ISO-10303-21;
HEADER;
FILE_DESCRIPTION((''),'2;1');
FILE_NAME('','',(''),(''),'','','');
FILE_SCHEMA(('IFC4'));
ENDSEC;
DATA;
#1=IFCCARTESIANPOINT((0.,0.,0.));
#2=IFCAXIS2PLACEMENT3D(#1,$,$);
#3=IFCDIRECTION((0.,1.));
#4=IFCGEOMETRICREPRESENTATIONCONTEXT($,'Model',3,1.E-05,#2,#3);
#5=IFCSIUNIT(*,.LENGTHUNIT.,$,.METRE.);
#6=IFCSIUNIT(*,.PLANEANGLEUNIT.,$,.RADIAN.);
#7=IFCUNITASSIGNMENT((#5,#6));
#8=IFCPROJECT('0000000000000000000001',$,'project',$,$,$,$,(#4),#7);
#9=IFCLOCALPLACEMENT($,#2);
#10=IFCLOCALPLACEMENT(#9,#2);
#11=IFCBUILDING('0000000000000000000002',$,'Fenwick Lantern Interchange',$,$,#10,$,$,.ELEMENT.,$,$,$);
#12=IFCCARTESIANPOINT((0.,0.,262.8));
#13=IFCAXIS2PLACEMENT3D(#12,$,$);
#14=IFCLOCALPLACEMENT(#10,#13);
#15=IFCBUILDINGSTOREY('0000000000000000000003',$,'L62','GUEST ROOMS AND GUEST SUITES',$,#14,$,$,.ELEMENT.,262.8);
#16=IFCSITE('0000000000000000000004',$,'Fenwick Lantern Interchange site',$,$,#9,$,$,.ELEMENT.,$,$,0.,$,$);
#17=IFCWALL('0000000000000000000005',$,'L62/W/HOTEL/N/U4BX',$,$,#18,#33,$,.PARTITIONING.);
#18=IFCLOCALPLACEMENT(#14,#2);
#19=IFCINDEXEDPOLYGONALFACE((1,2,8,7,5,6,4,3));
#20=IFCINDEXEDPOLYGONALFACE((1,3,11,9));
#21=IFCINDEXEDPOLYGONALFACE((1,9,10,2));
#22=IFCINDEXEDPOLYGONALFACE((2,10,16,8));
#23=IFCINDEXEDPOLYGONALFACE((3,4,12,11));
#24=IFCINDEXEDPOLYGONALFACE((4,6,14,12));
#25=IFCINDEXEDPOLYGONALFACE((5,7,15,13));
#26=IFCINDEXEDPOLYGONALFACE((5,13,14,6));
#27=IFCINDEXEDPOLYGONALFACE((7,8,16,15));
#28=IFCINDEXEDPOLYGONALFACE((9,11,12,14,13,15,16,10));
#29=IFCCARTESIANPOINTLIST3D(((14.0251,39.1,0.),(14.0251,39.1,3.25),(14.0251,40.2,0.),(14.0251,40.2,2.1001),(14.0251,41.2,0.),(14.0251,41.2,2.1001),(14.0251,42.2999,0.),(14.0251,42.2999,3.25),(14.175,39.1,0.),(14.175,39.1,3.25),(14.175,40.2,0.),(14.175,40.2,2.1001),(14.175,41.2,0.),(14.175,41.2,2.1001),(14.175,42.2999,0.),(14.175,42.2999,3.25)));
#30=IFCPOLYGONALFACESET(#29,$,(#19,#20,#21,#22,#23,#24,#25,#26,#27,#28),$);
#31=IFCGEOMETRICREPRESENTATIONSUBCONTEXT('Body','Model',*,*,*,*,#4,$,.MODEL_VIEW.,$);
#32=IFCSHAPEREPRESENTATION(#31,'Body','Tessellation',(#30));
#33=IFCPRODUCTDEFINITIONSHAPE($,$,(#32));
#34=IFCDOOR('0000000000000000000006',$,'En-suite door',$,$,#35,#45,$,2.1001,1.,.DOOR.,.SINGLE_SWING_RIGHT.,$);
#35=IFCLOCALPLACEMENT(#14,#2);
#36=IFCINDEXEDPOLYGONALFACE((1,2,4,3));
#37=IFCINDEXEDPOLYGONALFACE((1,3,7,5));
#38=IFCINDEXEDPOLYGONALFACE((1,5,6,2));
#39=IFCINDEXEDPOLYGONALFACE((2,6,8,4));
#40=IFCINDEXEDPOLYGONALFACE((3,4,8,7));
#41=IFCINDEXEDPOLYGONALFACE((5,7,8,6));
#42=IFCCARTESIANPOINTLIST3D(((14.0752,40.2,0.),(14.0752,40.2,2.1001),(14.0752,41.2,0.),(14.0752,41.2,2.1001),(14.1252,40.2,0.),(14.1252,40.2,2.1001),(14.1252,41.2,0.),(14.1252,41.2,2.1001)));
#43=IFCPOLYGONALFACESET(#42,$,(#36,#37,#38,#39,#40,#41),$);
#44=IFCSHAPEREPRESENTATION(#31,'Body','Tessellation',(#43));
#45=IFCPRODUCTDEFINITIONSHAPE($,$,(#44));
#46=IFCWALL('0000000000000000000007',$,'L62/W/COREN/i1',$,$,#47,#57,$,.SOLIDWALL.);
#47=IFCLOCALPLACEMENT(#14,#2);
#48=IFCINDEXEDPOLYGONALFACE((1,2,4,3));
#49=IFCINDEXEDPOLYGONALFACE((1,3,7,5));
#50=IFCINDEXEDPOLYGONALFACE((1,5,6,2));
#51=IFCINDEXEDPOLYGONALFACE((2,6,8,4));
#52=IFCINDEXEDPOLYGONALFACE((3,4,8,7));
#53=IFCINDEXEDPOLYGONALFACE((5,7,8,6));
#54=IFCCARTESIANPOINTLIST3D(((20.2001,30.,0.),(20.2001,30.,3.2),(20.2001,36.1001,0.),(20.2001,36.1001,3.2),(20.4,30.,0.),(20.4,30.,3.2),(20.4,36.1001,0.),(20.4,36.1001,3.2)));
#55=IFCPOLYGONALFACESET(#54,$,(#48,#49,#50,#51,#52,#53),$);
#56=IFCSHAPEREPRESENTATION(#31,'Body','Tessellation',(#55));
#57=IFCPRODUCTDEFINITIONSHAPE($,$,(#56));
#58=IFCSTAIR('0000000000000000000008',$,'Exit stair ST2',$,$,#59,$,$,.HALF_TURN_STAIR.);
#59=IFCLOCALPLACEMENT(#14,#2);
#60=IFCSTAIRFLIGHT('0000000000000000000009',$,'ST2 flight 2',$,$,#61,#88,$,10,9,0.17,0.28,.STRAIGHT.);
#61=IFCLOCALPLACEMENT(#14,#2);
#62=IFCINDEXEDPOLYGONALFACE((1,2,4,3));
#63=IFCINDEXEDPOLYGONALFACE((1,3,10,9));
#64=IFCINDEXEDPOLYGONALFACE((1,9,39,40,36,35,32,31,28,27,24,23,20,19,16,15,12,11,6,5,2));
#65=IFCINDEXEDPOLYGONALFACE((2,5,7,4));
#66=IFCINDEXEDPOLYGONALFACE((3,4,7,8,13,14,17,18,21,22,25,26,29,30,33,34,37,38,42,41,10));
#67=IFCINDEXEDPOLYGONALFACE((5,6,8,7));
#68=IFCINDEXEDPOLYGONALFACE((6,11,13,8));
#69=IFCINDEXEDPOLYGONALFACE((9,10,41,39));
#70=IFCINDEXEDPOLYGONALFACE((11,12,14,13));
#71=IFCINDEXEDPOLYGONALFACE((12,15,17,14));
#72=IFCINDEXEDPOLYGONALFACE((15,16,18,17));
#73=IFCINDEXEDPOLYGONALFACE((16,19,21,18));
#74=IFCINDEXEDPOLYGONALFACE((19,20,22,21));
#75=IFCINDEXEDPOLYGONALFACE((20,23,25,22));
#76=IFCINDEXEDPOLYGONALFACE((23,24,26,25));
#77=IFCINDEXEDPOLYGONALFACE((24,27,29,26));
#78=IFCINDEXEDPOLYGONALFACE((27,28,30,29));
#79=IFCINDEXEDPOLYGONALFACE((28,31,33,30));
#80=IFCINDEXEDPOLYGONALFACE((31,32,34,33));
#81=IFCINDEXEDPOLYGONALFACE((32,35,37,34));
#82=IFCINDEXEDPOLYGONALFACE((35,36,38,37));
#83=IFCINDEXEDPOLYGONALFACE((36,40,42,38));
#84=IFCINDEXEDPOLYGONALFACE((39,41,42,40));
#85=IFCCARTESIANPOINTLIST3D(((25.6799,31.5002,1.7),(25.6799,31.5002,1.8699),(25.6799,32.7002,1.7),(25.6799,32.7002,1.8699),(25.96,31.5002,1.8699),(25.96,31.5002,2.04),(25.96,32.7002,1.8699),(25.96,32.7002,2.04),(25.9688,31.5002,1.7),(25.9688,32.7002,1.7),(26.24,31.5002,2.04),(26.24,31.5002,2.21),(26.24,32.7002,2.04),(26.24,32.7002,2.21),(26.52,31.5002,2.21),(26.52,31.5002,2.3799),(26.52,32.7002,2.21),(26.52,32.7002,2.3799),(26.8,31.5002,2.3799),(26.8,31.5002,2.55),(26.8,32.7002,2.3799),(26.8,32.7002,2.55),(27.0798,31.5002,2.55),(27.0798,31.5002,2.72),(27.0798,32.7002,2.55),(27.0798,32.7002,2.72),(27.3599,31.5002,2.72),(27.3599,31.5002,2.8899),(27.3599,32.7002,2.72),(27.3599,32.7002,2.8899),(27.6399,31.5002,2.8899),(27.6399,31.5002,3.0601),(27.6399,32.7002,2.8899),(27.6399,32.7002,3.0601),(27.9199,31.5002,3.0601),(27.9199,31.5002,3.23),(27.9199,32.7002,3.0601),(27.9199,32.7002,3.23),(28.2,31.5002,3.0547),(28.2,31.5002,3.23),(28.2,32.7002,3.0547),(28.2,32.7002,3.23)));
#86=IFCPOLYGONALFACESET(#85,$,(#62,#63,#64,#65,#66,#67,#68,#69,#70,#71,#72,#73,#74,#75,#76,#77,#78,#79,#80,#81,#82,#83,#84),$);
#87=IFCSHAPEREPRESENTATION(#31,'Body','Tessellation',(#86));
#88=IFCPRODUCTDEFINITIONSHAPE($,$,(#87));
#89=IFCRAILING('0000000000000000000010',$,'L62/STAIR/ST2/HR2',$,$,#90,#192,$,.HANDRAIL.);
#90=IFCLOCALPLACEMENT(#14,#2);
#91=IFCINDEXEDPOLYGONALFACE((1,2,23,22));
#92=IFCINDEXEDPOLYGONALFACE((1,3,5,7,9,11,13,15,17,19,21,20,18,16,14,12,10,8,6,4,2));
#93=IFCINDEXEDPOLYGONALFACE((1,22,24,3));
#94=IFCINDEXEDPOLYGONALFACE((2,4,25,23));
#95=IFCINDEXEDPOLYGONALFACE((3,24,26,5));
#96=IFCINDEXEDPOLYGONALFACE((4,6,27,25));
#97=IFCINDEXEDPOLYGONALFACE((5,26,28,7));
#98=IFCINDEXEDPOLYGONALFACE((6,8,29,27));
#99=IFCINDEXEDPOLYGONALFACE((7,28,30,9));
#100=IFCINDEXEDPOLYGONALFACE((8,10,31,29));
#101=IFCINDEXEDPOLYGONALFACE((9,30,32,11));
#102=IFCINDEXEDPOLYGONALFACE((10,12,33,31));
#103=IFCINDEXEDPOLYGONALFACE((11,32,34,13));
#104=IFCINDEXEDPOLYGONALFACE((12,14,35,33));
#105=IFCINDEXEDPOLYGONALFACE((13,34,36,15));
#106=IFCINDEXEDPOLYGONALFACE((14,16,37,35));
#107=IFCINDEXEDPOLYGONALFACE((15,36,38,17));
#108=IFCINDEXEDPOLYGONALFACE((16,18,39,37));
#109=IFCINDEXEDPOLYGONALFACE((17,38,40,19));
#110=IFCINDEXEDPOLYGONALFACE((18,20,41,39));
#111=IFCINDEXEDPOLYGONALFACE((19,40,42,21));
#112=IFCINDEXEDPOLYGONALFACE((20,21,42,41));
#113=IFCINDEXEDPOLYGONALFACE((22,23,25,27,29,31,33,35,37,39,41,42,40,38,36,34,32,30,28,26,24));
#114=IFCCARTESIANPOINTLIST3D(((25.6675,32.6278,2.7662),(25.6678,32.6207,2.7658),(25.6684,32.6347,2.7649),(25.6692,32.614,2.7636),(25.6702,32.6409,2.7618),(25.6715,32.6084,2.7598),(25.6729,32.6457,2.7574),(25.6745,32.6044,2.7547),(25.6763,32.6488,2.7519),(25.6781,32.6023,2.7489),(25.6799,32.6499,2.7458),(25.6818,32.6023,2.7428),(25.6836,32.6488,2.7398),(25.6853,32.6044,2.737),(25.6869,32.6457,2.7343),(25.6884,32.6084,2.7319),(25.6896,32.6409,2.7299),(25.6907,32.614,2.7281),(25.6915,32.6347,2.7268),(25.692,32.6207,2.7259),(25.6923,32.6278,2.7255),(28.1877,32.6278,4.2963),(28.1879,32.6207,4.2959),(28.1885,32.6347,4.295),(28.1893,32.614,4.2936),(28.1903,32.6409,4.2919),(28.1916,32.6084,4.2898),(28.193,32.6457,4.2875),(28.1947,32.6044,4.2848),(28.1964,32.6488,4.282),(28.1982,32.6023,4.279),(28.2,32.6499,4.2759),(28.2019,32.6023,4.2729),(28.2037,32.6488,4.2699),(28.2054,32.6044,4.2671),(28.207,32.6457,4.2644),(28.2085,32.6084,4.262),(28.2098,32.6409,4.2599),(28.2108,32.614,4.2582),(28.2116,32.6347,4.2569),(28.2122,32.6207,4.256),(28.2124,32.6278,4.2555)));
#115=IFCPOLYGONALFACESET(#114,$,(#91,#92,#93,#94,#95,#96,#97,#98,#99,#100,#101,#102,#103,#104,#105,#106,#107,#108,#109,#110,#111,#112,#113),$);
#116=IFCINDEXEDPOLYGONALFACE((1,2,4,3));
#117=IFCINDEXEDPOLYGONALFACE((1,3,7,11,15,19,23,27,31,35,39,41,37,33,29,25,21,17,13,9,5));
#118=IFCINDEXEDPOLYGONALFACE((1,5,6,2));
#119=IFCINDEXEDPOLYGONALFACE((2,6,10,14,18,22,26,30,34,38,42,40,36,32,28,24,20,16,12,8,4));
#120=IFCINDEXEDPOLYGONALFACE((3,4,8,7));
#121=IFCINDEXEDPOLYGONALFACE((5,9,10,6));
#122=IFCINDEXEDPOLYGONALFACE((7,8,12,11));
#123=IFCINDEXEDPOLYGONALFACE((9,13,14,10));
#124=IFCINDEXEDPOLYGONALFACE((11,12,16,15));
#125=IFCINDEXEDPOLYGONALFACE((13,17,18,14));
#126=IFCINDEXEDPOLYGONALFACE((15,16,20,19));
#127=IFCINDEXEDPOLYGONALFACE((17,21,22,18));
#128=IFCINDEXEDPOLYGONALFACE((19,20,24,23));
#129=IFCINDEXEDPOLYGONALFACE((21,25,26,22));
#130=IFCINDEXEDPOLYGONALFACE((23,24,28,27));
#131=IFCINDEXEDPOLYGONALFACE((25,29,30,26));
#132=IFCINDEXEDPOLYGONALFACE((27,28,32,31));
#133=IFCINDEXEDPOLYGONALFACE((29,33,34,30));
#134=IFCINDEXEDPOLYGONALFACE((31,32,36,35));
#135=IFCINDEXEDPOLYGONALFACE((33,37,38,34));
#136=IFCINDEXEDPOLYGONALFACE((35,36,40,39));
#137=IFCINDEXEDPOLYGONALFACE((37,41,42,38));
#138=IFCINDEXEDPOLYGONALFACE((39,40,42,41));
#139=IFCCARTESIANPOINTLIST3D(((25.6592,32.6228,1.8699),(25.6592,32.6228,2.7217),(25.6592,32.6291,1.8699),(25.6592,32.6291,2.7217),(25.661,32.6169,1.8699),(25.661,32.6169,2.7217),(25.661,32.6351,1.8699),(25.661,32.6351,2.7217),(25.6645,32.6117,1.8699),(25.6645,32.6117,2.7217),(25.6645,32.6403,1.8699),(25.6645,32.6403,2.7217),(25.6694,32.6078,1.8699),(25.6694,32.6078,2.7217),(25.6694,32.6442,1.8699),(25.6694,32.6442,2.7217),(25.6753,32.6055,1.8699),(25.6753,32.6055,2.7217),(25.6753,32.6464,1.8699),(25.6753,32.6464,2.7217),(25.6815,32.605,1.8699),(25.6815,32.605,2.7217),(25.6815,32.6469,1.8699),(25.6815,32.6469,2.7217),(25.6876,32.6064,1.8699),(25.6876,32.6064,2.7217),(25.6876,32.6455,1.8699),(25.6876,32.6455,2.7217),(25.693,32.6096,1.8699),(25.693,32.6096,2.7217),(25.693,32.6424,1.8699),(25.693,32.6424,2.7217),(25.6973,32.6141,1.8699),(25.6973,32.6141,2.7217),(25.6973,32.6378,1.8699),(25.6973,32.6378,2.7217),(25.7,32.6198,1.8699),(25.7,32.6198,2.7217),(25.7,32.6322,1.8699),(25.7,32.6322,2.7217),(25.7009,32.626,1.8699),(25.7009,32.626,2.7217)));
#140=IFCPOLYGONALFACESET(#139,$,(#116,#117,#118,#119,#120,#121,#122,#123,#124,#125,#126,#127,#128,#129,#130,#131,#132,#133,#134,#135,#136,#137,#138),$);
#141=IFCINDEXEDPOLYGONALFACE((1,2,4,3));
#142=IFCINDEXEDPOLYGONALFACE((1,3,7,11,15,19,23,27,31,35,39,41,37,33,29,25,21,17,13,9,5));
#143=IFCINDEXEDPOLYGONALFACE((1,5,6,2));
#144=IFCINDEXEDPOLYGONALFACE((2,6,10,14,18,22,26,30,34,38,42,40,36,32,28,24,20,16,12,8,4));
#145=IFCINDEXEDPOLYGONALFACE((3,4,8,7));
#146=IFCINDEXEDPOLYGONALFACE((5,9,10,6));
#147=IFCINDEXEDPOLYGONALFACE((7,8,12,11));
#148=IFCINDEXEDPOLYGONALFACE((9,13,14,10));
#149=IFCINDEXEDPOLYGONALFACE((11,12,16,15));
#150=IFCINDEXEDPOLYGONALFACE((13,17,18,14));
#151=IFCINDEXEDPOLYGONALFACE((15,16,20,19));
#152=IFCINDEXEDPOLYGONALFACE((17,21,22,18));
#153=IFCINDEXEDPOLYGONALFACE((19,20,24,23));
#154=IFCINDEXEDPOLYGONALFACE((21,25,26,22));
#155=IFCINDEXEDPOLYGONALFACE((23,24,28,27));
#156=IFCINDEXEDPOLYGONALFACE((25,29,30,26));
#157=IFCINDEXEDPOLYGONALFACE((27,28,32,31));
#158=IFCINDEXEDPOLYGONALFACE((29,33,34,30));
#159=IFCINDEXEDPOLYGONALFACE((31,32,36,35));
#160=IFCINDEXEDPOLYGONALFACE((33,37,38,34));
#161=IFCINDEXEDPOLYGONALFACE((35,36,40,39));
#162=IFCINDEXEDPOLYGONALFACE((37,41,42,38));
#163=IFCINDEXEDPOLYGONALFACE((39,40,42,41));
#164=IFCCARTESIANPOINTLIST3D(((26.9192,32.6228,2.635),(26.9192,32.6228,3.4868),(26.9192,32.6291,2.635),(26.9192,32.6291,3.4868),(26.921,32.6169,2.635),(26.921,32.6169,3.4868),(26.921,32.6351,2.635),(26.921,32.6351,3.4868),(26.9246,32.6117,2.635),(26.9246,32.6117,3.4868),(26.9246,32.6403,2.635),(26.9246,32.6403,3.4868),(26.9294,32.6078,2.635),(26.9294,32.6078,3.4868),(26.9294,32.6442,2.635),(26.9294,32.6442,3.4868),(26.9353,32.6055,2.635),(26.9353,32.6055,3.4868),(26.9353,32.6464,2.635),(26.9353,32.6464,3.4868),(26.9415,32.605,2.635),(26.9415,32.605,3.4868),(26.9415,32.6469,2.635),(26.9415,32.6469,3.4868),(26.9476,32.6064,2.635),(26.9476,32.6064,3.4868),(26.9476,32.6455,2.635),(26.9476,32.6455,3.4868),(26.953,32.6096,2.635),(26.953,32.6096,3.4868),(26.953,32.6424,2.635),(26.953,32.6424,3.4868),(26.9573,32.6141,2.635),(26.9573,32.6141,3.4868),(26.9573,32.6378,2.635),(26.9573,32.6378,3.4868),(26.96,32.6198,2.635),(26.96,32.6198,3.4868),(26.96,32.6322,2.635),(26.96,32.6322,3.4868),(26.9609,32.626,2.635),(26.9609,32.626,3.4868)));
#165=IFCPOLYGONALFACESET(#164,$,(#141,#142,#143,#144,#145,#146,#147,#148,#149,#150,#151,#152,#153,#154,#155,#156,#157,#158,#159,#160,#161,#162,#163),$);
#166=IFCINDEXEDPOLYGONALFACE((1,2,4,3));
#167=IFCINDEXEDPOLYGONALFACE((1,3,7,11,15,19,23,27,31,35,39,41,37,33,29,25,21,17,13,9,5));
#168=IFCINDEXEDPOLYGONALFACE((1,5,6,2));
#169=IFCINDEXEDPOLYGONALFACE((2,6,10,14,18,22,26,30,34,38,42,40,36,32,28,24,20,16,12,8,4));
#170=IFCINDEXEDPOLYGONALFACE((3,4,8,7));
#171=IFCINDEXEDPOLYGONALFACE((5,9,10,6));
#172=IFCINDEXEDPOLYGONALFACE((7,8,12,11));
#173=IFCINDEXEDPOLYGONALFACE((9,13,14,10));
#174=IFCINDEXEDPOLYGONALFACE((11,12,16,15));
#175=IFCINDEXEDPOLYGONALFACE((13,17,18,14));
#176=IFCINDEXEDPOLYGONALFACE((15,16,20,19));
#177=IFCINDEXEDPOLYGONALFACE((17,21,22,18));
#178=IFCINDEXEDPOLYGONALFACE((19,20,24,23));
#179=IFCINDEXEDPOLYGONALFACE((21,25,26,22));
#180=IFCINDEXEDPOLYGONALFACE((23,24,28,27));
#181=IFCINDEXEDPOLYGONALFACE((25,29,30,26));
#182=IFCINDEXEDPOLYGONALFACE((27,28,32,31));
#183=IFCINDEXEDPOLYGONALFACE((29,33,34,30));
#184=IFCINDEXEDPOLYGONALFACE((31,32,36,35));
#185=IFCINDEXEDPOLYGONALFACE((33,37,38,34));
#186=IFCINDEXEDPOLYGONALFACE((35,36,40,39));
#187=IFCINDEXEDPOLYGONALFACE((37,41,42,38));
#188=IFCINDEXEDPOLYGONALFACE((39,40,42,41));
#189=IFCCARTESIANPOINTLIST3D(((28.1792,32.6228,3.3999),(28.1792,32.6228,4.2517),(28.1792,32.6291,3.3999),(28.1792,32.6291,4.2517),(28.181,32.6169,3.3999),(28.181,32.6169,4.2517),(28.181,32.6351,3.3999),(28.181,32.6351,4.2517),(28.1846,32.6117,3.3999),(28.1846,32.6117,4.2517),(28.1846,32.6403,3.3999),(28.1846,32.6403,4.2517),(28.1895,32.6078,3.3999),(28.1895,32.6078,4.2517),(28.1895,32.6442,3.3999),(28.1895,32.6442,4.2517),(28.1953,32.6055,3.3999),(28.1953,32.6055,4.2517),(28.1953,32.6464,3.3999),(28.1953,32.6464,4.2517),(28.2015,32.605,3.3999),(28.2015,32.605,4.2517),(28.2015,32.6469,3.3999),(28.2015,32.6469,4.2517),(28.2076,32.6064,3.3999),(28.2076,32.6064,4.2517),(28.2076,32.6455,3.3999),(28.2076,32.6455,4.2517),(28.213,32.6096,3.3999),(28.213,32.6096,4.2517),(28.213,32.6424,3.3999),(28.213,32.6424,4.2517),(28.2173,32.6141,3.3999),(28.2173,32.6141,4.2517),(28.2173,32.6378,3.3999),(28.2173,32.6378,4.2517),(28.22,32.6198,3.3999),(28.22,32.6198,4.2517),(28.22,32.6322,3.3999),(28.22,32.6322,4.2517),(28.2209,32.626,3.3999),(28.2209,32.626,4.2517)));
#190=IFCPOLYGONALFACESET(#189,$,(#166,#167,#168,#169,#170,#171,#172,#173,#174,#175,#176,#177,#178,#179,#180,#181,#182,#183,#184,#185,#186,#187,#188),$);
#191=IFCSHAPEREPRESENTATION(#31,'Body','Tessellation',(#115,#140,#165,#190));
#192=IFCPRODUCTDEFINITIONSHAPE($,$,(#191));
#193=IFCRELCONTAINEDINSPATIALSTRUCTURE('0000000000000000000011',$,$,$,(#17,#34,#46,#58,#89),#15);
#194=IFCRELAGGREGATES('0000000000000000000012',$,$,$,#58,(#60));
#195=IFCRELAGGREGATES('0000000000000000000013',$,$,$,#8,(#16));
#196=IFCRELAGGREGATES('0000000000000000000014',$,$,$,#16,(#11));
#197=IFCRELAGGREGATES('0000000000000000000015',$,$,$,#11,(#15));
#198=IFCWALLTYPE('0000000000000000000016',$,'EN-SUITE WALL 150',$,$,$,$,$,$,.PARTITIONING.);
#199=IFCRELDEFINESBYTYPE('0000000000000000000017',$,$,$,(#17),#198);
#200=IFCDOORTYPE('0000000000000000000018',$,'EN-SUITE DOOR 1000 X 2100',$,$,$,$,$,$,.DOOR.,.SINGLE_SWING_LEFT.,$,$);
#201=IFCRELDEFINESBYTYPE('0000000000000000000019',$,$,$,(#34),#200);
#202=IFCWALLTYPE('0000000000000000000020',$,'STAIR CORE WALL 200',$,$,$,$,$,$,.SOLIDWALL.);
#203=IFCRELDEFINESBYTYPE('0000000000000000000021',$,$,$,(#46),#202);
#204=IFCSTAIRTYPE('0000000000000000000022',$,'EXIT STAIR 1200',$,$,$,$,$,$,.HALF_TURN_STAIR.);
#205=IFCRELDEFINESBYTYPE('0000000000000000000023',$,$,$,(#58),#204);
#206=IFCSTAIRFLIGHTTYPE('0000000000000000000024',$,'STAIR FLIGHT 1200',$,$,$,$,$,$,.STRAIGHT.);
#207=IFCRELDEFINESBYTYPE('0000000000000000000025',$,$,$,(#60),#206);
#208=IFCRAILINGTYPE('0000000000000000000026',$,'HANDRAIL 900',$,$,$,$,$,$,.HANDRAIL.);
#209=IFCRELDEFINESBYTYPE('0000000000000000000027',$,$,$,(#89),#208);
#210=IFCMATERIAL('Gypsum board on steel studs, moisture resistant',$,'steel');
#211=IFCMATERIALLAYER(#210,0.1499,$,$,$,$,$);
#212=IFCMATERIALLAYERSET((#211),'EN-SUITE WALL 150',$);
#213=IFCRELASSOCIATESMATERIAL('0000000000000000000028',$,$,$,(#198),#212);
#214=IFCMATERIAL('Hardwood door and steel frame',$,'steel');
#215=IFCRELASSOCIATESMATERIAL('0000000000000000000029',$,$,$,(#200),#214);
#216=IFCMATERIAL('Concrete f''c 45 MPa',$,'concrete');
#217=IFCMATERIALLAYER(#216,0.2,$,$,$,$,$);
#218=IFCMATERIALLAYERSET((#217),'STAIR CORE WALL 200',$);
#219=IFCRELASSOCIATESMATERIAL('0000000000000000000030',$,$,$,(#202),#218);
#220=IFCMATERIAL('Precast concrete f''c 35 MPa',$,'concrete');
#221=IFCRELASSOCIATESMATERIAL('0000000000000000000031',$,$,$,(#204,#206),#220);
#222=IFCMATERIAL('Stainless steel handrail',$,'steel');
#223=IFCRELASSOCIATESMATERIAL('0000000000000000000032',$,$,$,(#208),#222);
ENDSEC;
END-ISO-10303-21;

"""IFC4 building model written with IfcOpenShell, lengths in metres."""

from ifc_helpers import new_model, si_unit, direction, frame, frame_2d, origin, origin_2d, place, context, subcontext, project, spatial, polyline, rectangle, circle, outline, extrude, material, layer, layer_set, type_object, element, fill, aggregate, save


model = new_model("IFC4")

# Units and contexts
model_context = context("Model", 3, precision=1e-05, world=origin(), true_north=direction((0.0, 1.0)))
body_context = subcontext(model_context, "Body", "Model", "MODEL_VIEW")
ifc_project = project(units=[si_unit("LENGTHUNIT", "METRE"), si_unit("PLANEANGLEUNIT", "RADIAN")], contexts=[model_context])

# Site, building, storey
site_placement = place(None, origin())
site = spatial("IfcSite", under=ifc_project, at=site_placement, Name="Fenwick Lantern Interchange site", CompositionType="ELEMENT", RefElevation=0.0)
building_placement = place(site_placement, origin())
building = spatial("IfcBuilding", under=site, at=building_placement, Name="Fenwick Lantern Interchange", CompositionType="ELEMENT")
storey_placement = place(building_placement, frame((0.0, 0.0, 262.8)))
storey = spatial("IfcBuildingStorey", under=building, at=storey_placement, Name="L62", Description="GUEST ROOMS AND GUEST SUITES", CompositionType="ELEMENT", Elevation=262.8)

# Shared definitions
ifc_material_1 = material(Name="Hardwood door and steel frame", Category="steel")

# Shared definitions
ifc_material_2 = material(Name="Gypsum board on steel studs, moisture resistant", Category="steel")
ifc_layer_1 = layer(ifc_material_2, 0.1499)
ifc_layer_set_1 = layer_set([ifc_layer_1], Name="EN-SUITE WALL 150")
wall_type_1 = type_object("IfcWallType", Name="EN-SUITE WALL 150", PredefinedType="PARTITIONING", material=ifc_layer_set_1)

# Wall, opening, door
wall_1_placement = place(storey_placement, frame((14.1001, 42.3, 0.0), z_axis=(0.0, 0.0, 1.0), x_axis=(0.0, -1.0, 0.0)))
wall_1 = element("IfcWall", 1, at=wall_1_placement, inside=storey, type_object=wall_type_1, Name="L62/W/HOTEL/N/U4BX", PredefinedType="PARTITIONING", context=body_context, shape_type="SweptSolid", body=[
    extrude(rectangle(XDim=3.2, YDim=0.1499, at=frame_2d((1.6001, 0.0))), origin(), (0.0, 0.0, 1.0), 3.25),
])
opening_1_placement = place(wall_1_placement, frame((1.1001, 0.0, 0.0)))
opening_1 = element("IfcOpeningElement", 2, at=opening_1_placement, cuts=wall_1, PredefinedType="OPENING", context=body_context, shape_type="SweptSolid", body=[
    extrude(rectangle(XDim=1.0, YDim=2.1001, at=frame_2d((0.5, 1.05))), frame((0.0, 0.085, 0.0), z_axis=(0.0, -1.0, 0.0), x_axis=(1.0, 0.0, 0.0)), (0.0, 0.0, 1.0), 0.1699),
])
door_type_1 = type_object("IfcDoorType", Name="EN-SUITE DOOR 1000 X 2100", OperationType="SINGLE_SWING_LEFT", PredefinedType="DOOR", material=ifc_material_1)
door_1_placement = place(opening_1_placement, frame((1.0, 0.0, 0.0), z_axis=(0.0, 0.0, 1.0), x_axis=(-1.0, 0.0, 0.0)))
door_1 = element("IfcDoor", 3, at=door_1_placement, inside=storey, type_object=door_type_1, Name="En-suite door", OperationType="SINGLE_SWING_RIGHT", OverallHeight=2.1001, OverallWidth=1.0, PredefinedType="DOOR", context=body_context, shape_type="SweptSolid", body=[
    extrude(rectangle(XDim=1.0, YDim=2.1001, at=frame_2d((0.5, 1.05))), frame((0.0, 0.0249, 0.0), z_axis=(0.0, -1.0, 0.0), x_axis=(1.0, 0.0, 0.0)), (0.0, 0.0, 1.0), 0.05),
])
fill(opening_1, door_1)

# Wall
ifc_material_3 = material(Name="Concrete f'c 45 MPa", Category="concrete")
ifc_layer_2 = layer(ifc_material_3, 0.2)
ifc_layer_set_2 = layer_set([ifc_layer_2], Name="STAIR CORE WALL 200")
wall_type_2 = type_object("IfcWallType", Name="STAIR CORE WALL 200", PredefinedType="SOLIDWALL", material=ifc_layer_set_2)
wall_2_placement = place(storey_placement, frame((20.3, 36.1001, 0.0), z_axis=(0.0, 0.0, 1.0), x_axis=(0.0, -1.0, 0.0)))
element("IfcWall", 4, at=wall_2_placement, inside=storey, type_object=wall_type_2, Name="L62/W/COREN/i1", PredefinedType="SOLIDWALL", context=body_context, shape_type="SweptSolid", body=[
    extrude(rectangle(XDim=6.1001, YDim=0.2, at=frame_2d((3.05, 0.0))), origin(), (0.0, 0.0, 1.0), 3.2),
])

# Stair, stair flight
ifc_material_4 = material(Name="Precast concrete f'c 35 MPa", Category="concrete")
stair_type = type_object("IfcStairType", Name="EXIT STAIR 1200", PredefinedType="HALF_TURN_STAIR", material=ifc_material_4)
stair_placement = place(storey_placement, origin())
stair = element("IfcStair", 5, at=stair_placement, inside=storey, type_object=stair_type, Name="Exit stair ST2", PredefinedType="HALF_TURN_STAIR")
stair_flight_type = type_object("IfcStairFlightType", Name="STAIR FLIGHT 1200", PredefinedType="STRAIGHT", material=ifc_material_4)
stair_flight_placement = place(storey_placement, frame((25.6799, 32.1001, 1.7), z_axis=(0.0, 0.0, 1.0), x_axis=(1.0, 0.0, 0.0)))
stair_flight = element("IfcStairFlight", 6, at=stair_flight_placement, type_object=stair_flight_type, Name="ST2 flight 2", NumberOfRisers=10, NumberOfTreads=9, PredefinedType="STRAIGHT", RiserHeight=0.17, TreadLength=0.28, context=body_context, shape_type="SweptSolid", body=[
    extrude(outline(polyline([(0.0, 0.0), (0.0, 0.1699), (0.28, 0.1699), (0.28, 0.3401), (0.5601, 0.3401), (0.5601, 0.51), (0.8401, 0.51), (0.8401, 0.6799), (1.1201, 0.6799), (1.1201, 0.8501), (1.3999, 0.8501), (1.3999, 1.02), (1.6799, 1.02), (1.6799, 1.1899), (1.96, 1.1899), (1.96, 1.3601), (2.24, 1.3601), (2.24, 1.53), (2.52, 1.53), (2.52, 1.7), (2.52, 1.3547), (0.2888, 0.0), (0.0, 0.0)])), frame((0.0, 0.6001, 0.0), z_axis=(0.0, -1.0, 0.0), x_axis=(1.0, 0.0, 0.0)), (0.0, 0.0, 1.0), 1.2),
])
aggregate(stair, [stair_flight])

# Railing
ifc_material_5 = material(Name="Stainless steel handrail", Category="steel")
railing_type = type_object("IfcRailingType", Name="HANDRAIL 900", PredefinedType="HANDRAIL", material=ifc_material_5)
railing_placement = place(storey_placement, frame((25.6799, 32.626, 1.8699)))
element("IfcRailing", 7, at=railing_placement, inside=storey, type_object=railing_type, Name="L62/STAIR/ST2/HR2", PredefinedType="HANDRAIL", context=body_context, shape_type="SweptSolid", body=[
    extrude(circle(Radius=0.0239, at=origin_2d()), frame((0.0, 0.0, 0.876), z_axis=(0.854785, 0.0, 0.518982), x_axis=(0.0, 1.0, 0.0)), (0.0, 0.0, 1.0), 2.9482),
    extrude(circle(Radius=0.021, at=origin_2d()), origin(), (0.0, 0.0, 1.0), 0.8518),
    extrude(circle(Radius=0.021, at=origin_2d()), frame((1.26, 0.0, 0.7651)), (0.0, 0.0, 1.0), 0.8518),
    extrude(circle(Radius=0.021, at=origin_2d()), frame((2.52, 0.0, 1.53)), (0.0, 0.0, 1.0), 0.8518),
])

save(model, "model.ifc")
